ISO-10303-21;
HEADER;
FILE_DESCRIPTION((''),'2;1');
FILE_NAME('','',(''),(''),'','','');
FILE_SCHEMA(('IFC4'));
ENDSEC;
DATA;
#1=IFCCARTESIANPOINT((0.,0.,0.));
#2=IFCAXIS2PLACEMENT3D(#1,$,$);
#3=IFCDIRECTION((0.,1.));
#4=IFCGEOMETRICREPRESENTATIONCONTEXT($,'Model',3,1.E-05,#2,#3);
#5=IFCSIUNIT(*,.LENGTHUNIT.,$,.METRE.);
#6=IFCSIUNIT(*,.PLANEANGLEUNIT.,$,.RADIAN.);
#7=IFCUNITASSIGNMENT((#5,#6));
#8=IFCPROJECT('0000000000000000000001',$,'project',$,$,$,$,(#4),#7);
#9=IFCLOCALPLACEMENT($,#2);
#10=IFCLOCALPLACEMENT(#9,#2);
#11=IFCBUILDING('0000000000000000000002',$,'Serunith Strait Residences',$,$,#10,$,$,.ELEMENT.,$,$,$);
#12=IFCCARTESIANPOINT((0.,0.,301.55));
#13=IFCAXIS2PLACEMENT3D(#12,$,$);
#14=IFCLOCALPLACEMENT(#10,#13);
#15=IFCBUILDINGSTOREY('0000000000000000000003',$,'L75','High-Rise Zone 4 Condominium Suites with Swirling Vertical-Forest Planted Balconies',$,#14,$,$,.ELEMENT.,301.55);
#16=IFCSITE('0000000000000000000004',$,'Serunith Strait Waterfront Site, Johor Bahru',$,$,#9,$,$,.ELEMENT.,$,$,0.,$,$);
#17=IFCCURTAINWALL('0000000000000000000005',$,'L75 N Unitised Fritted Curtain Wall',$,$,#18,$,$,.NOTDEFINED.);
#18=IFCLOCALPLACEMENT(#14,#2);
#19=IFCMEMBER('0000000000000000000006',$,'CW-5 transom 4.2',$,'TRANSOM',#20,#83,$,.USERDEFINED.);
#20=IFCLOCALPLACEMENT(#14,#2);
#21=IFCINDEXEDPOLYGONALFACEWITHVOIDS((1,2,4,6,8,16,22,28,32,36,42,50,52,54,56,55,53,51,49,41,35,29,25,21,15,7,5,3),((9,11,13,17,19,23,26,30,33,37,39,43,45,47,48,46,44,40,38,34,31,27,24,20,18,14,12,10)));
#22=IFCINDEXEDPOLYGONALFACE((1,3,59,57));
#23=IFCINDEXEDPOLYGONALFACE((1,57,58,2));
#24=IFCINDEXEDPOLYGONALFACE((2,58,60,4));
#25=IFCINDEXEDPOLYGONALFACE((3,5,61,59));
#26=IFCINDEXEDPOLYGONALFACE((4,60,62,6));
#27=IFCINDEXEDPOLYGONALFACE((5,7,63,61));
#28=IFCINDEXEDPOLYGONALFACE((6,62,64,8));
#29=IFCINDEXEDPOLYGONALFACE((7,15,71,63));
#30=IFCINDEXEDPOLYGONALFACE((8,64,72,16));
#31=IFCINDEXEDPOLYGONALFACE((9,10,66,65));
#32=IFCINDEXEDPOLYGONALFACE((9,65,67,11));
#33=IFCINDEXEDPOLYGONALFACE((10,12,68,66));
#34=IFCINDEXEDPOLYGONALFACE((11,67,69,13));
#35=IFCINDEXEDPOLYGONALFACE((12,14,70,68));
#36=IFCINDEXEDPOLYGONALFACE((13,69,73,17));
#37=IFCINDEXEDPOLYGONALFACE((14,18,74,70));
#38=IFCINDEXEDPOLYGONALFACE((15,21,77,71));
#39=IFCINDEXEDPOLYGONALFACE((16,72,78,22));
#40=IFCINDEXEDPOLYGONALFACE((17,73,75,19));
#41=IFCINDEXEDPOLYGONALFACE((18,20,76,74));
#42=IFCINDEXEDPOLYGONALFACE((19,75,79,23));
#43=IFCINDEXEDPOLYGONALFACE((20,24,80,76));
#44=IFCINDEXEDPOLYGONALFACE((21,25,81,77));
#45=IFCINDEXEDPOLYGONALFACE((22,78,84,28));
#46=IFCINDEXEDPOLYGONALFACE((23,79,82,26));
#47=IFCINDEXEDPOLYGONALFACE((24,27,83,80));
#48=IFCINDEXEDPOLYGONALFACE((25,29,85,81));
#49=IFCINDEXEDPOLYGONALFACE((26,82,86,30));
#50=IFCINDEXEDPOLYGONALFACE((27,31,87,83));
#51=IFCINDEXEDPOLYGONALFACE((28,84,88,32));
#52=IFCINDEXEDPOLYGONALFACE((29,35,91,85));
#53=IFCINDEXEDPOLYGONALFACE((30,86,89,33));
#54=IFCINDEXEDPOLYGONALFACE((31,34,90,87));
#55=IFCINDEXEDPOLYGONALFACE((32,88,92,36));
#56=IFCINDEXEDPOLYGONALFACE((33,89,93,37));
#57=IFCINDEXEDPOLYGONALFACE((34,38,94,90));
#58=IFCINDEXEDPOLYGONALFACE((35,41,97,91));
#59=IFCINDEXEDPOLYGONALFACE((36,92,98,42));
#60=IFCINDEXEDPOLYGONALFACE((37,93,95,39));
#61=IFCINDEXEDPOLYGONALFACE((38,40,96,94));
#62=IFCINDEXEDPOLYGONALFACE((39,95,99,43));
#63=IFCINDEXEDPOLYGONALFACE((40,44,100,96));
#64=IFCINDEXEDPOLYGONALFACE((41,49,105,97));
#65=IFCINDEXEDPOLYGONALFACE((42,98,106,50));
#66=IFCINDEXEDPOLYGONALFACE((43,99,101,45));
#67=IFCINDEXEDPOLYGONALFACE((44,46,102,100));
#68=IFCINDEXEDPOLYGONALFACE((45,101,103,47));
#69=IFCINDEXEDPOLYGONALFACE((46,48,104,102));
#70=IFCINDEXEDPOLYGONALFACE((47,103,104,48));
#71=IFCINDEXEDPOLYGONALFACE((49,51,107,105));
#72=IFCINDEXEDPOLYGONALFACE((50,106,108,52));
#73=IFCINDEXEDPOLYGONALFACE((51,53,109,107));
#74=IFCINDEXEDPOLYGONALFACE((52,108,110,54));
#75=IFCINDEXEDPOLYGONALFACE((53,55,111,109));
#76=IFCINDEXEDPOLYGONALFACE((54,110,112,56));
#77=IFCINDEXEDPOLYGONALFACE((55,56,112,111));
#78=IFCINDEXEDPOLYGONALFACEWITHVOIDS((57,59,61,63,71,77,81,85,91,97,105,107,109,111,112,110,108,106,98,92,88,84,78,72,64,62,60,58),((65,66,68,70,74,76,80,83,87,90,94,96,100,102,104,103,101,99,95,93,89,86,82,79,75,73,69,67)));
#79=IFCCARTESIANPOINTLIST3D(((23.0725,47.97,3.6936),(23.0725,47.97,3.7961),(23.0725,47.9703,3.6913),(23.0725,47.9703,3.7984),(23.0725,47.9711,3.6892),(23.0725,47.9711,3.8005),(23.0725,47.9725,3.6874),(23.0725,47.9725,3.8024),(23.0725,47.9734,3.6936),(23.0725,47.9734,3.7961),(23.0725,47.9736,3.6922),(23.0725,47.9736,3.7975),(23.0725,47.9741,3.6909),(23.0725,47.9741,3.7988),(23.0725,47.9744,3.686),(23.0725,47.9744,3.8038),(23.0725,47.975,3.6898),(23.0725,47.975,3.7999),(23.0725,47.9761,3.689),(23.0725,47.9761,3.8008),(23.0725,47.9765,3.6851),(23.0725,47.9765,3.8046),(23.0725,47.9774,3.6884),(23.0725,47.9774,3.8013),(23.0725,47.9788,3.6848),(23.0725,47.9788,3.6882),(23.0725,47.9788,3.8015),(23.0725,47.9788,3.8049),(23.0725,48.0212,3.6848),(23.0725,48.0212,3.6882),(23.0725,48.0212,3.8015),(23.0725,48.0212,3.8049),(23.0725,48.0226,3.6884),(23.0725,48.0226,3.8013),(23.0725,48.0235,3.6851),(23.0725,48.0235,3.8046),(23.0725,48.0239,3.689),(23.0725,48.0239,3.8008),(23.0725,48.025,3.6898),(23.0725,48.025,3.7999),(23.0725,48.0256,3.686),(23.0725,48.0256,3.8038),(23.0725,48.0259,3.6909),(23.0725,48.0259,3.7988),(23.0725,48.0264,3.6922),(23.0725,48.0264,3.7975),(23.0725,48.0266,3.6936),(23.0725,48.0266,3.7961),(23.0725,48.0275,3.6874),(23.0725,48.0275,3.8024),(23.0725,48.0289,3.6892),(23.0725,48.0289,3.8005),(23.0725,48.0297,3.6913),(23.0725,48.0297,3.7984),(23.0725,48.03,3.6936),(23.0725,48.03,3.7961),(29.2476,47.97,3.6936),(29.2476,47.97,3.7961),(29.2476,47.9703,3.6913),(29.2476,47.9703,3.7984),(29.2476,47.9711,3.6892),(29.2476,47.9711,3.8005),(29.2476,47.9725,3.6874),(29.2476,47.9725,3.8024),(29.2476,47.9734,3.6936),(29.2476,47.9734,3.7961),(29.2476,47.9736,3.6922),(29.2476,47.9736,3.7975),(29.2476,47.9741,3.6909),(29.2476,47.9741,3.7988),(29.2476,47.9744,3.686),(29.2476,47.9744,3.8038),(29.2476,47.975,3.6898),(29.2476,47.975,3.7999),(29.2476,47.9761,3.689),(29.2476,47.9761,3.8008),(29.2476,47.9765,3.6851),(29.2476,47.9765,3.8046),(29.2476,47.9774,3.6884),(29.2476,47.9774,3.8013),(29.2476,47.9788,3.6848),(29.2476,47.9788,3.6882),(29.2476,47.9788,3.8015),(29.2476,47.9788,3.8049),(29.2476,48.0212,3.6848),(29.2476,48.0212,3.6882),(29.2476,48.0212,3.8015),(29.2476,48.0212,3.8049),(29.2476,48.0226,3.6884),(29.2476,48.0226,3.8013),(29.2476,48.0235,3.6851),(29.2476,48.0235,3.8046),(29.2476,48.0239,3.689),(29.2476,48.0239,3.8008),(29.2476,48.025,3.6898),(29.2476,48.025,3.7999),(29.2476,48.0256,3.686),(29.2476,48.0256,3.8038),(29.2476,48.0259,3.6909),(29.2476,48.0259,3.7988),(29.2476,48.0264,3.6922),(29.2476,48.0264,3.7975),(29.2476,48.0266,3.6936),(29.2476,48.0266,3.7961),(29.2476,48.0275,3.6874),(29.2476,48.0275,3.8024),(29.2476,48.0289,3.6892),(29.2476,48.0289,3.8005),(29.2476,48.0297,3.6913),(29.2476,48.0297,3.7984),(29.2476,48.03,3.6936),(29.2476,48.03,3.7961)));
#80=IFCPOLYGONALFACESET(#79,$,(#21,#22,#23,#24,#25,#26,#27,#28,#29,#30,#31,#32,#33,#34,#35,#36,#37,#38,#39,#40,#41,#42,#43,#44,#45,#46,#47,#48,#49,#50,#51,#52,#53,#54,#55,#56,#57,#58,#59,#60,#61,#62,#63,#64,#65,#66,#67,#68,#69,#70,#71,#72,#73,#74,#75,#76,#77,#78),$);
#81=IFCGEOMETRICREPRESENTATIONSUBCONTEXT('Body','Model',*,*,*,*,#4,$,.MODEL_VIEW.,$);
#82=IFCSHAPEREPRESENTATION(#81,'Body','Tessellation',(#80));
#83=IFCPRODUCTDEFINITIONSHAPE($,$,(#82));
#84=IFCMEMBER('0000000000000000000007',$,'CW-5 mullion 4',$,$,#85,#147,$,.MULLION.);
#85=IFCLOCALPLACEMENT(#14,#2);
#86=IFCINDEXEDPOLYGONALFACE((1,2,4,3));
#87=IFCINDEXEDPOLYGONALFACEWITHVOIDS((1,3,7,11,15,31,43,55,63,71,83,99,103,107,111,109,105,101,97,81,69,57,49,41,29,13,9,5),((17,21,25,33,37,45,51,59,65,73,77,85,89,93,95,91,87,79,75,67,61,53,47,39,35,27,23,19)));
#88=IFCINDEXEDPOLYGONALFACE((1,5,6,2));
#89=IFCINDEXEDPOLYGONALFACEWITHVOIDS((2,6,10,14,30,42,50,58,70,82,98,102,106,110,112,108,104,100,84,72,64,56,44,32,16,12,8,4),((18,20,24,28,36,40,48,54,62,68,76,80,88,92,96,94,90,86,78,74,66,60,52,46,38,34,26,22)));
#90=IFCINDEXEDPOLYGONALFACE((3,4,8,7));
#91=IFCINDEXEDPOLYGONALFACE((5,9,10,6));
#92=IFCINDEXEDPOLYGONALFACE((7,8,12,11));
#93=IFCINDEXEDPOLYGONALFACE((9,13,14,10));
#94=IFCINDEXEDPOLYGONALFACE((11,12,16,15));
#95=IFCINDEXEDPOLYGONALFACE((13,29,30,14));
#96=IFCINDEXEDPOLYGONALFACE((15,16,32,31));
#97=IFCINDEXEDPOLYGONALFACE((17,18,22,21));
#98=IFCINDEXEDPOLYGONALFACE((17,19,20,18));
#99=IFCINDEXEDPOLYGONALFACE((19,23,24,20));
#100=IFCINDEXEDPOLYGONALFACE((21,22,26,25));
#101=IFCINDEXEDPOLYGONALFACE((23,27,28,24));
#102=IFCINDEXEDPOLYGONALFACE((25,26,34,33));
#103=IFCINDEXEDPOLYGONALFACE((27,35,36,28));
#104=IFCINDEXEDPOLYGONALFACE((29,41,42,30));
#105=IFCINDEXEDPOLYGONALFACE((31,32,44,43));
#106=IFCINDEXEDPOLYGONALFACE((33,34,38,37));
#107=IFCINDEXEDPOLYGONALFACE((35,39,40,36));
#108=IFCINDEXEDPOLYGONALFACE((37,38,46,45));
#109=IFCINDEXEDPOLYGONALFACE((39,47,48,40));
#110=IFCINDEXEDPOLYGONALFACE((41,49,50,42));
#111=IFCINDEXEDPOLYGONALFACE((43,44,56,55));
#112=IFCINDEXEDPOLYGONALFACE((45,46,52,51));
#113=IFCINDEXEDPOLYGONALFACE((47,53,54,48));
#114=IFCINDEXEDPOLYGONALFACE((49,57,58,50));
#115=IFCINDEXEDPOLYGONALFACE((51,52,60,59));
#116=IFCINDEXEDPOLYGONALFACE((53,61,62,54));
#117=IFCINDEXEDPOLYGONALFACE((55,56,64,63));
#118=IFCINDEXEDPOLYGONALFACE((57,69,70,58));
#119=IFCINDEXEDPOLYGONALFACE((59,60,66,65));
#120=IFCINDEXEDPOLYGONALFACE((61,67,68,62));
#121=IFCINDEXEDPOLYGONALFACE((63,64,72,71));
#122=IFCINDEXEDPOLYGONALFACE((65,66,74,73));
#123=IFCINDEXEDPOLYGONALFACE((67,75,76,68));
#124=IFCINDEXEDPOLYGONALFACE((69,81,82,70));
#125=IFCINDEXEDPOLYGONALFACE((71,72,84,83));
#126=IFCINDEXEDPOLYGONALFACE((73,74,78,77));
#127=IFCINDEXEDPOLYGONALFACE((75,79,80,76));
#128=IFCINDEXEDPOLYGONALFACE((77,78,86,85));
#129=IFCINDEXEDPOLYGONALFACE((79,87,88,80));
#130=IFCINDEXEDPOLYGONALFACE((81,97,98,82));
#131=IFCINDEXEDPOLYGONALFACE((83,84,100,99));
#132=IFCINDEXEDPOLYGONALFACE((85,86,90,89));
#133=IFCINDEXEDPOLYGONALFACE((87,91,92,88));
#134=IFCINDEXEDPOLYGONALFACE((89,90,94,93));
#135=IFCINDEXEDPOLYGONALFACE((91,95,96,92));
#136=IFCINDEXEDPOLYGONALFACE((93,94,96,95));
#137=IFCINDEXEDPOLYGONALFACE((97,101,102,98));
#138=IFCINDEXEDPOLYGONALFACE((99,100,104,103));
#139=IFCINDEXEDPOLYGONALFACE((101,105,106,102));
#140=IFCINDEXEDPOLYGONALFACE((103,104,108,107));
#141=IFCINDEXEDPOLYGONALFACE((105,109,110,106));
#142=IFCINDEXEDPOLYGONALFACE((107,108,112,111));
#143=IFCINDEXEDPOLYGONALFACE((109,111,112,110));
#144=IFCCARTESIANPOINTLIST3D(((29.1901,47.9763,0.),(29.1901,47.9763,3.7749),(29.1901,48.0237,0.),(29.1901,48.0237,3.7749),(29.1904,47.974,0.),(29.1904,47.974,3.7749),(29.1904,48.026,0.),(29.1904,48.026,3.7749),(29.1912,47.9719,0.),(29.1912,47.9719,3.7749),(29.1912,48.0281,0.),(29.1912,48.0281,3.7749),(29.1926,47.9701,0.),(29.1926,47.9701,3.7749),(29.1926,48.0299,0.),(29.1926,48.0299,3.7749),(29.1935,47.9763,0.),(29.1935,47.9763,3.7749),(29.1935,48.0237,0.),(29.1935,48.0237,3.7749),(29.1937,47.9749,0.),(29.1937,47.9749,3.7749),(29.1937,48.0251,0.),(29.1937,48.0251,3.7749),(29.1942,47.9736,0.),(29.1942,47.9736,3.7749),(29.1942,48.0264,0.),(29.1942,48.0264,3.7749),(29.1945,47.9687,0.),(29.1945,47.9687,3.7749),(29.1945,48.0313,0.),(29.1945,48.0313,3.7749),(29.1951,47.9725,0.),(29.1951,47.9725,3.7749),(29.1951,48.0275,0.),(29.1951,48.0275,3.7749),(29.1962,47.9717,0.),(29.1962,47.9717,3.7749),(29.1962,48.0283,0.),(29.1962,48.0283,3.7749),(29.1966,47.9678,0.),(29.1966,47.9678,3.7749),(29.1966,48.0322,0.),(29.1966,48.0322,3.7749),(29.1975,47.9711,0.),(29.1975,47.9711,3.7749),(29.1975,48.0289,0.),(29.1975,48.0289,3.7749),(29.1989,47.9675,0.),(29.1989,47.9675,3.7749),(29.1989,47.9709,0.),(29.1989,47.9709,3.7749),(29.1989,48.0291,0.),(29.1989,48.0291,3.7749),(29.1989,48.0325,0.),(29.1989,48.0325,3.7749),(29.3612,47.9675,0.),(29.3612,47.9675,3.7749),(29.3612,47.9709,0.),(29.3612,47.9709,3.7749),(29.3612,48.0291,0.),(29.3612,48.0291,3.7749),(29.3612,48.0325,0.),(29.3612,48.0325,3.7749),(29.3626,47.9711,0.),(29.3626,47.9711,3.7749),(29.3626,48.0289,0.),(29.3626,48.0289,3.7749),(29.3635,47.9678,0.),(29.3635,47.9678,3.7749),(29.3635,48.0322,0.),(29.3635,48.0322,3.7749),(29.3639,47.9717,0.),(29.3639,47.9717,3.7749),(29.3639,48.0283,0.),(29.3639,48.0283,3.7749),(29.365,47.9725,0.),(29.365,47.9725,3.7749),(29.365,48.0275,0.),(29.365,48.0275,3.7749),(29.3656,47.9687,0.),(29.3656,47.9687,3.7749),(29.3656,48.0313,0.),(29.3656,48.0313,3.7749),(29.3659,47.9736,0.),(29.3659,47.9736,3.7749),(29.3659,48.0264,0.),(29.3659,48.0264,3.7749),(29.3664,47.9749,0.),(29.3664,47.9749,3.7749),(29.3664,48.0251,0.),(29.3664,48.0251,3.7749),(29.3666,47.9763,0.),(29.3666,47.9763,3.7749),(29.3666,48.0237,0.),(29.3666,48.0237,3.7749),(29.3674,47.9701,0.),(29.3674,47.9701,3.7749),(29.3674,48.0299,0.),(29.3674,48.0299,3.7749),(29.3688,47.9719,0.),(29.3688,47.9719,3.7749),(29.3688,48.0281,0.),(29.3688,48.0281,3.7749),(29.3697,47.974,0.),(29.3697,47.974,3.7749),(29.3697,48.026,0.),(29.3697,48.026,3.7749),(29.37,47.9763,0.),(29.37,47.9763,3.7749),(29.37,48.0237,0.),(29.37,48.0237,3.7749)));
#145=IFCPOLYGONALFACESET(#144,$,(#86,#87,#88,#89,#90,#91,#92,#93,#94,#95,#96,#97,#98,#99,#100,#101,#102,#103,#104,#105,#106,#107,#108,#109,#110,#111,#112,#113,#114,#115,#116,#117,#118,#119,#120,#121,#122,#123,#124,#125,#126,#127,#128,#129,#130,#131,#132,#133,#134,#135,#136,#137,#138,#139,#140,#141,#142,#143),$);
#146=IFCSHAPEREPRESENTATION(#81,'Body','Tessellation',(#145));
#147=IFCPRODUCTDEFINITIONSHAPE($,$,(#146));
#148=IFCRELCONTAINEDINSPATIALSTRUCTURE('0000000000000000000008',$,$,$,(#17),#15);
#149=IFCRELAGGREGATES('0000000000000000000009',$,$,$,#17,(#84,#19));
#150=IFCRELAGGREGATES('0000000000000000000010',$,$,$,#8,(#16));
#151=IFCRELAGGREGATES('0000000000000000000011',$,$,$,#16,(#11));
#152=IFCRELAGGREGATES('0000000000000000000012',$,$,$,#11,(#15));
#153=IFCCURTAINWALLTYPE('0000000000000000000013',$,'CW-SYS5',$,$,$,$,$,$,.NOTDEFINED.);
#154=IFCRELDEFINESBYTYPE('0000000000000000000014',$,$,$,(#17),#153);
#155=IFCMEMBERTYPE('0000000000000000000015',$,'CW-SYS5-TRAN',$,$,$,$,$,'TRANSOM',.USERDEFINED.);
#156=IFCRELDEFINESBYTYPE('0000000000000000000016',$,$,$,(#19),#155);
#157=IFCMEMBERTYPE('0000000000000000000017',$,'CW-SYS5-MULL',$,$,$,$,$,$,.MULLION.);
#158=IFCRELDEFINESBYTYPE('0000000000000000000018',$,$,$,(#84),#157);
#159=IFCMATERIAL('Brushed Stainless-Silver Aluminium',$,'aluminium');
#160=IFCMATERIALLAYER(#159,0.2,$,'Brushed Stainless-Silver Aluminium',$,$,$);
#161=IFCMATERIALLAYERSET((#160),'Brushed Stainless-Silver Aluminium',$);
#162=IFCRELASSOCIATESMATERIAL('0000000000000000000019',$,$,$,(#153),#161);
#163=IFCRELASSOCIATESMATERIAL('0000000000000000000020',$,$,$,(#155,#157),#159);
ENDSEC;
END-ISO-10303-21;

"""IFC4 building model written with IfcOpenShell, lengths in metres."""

from ifc_helpers import new_model, si_unit, direction, frame, origin, origin_2d, place, context, subcontext, project, spatial, hollow_rectangle, extrude, source, transform, mapped, material, layer, layer_set, material_profile, profile_set, type_object, element, aggregate, save


model = new_model("IFC4")

# Units and contexts
model_context = context("Model", 3, precision=1e-05, world=origin(), true_north=direction((0.0, 1.0)))
body_context = subcontext(model_context, "Body", "Model", "MODEL_VIEW")
ifc_project = project(units=[si_unit("LENGTHUNIT", "METRE"), si_unit("PLANEANGLEUNIT", "RADIAN")], contexts=[model_context])

# Site, building, storey
site_placement = place(None, origin())
site = spatial("IfcSite", under=ifc_project, at=site_placement, Name="Serunith Strait Waterfront Site, Johor Bahru", CompositionType="ELEMENT", RefElevation=0.0)
building_placement = place(site_placement, origin())
building = spatial("IfcBuilding", under=site, at=building_placement, Name="Serunith Strait Residences", CompositionType="ELEMENT")
storey_placement = place(building_placement, frame((0.0, 0.0, 301.55)))
storey = spatial("IfcBuildingStorey", under=building, at=storey_placement, Name="L75", Description="High-Rise Zone 4 Condominium Suites with Swirling Vertical-Forest Planted Balconies", CompositionType="ELEMENT", Elevation=301.55)

# Curtain wall, members
ifc_material_1 = material(Name="Brushed Stainless-Silver Aluminium", Category="aluminium")
ifc_layer_1 = layer(ifc_material_1, 0.2, Name="Brushed Stainless-Silver Aluminium")
ifc_layer_set_1 = layer_set([ifc_layer_1], Name="Brushed Stainless-Silver Aluminium")
curtain_wall_type = type_object("IfcCurtainWallType", Name="CW-SYS5", PredefinedType="NOTDEFINED", material=ifc_layer_set_1)
curtain_wall_placement = place(storey_placement, origin())
curtain_wall = element("IfcCurtainWall", 1, at=curtain_wall_placement, inside=storey, type_object=curtain_wall_type, Name="L75 N Unitised Fritted Curtain Wall", PredefinedType="NOTDEFINED")
ifc_material_profile_1 = material_profile(ifc_material_1, hollow_rectangle(XDim=0.0601, YDim=0.1201, WallThickness=0.0034, InnerFilletRadius=0.0054, OuterFilletRadius=0.0088, at=origin_2d()), Name="ALU 120x60x3.5")
ifc_profile_set_1 = profile_set([ifc_material_profile_1], Name="Brushed Stainless-Silver Aluminium")
member_type_1 = type_object("IfcMemberType", Name="CW-SYS5-TRAN", ElementType="TRANSOM", PredefinedType="USERDEFINED", material=ifc_profile_set_1)
shared_shape_1 = source(origin(), body_context, "Body", "SweptSolid", [
    extrude(hollow_rectangle(XDim=0.0601, YDim=0.1201, WallThickness=0.0034, InnerFilletRadius=0.0054, OuterFilletRadius=0.0088, at=origin_2d()), origin(), (0.0, 0.0, 1.0), 6.175),
])
member_1_placement = place(storey_placement, frame((29.2476, 48.0, 3.7449), z_axis=(-1.0, 0.0, 0.0), x_axis=(0.0, -1.0, 0.0)))
member_1 = element("IfcMember", 2, at=member_1_placement, type_object=member_type_1, Name="CW-5 transom 4.2", ObjectType="TRANSOM", PredefinedType="USERDEFINED", context=body_context, shape_type="MappedRepresentation", body=[
    mapped(shared_shape_1, transform((0.0, 0.0, 0.0), scale=1.0)),
])
ifc_material_profile_2 = material_profile(ifc_material_1, hollow_rectangle(XDim=0.0649, YDim=0.1799, WallThickness=0.0034, InnerFilletRadius=0.0054, OuterFilletRadius=0.0088, at=origin_2d()), Name="ALU 180x65x3.5")
ifc_profile_set_2 = profile_set([ifc_material_profile_2], Name="Brushed Stainless-Silver Aluminium")
member_type_2 = type_object("IfcMemberType", Name="CW-SYS5-MULL", PredefinedType="MULLION", material=ifc_profile_set_2)
shared_shape_2 = source(origin(), body_context, "Body", "SweptSolid", [
    extrude(hollow_rectangle(XDim=0.0649, YDim=0.1799, WallThickness=0.0034, InnerFilletRadius=0.0054, OuterFilletRadius=0.0088, at=origin_2d()), origin(), (0.0, 0.0, 1.0), 3.7749),
])
member_2_placement = place(storey_placement, frame((29.28, 48.0, 0.0), z_axis=(0.0, 0.0, 1.0), x_axis=(0.0, -1.0, 0.0)))
member_2 = element("IfcMember", 3, at=member_2_placement, type_object=member_type_2, Name="CW-5 mullion 4", PredefinedType="MULLION", context=body_context, shape_type="MappedRepresentation", body=[
    mapped(shared_shape_2, transform((0.0, 0.0, 0.0), scale=1.0)),
])
aggregate(curtain_wall, [member_2, member_1])

save(model, "model.ifc")
